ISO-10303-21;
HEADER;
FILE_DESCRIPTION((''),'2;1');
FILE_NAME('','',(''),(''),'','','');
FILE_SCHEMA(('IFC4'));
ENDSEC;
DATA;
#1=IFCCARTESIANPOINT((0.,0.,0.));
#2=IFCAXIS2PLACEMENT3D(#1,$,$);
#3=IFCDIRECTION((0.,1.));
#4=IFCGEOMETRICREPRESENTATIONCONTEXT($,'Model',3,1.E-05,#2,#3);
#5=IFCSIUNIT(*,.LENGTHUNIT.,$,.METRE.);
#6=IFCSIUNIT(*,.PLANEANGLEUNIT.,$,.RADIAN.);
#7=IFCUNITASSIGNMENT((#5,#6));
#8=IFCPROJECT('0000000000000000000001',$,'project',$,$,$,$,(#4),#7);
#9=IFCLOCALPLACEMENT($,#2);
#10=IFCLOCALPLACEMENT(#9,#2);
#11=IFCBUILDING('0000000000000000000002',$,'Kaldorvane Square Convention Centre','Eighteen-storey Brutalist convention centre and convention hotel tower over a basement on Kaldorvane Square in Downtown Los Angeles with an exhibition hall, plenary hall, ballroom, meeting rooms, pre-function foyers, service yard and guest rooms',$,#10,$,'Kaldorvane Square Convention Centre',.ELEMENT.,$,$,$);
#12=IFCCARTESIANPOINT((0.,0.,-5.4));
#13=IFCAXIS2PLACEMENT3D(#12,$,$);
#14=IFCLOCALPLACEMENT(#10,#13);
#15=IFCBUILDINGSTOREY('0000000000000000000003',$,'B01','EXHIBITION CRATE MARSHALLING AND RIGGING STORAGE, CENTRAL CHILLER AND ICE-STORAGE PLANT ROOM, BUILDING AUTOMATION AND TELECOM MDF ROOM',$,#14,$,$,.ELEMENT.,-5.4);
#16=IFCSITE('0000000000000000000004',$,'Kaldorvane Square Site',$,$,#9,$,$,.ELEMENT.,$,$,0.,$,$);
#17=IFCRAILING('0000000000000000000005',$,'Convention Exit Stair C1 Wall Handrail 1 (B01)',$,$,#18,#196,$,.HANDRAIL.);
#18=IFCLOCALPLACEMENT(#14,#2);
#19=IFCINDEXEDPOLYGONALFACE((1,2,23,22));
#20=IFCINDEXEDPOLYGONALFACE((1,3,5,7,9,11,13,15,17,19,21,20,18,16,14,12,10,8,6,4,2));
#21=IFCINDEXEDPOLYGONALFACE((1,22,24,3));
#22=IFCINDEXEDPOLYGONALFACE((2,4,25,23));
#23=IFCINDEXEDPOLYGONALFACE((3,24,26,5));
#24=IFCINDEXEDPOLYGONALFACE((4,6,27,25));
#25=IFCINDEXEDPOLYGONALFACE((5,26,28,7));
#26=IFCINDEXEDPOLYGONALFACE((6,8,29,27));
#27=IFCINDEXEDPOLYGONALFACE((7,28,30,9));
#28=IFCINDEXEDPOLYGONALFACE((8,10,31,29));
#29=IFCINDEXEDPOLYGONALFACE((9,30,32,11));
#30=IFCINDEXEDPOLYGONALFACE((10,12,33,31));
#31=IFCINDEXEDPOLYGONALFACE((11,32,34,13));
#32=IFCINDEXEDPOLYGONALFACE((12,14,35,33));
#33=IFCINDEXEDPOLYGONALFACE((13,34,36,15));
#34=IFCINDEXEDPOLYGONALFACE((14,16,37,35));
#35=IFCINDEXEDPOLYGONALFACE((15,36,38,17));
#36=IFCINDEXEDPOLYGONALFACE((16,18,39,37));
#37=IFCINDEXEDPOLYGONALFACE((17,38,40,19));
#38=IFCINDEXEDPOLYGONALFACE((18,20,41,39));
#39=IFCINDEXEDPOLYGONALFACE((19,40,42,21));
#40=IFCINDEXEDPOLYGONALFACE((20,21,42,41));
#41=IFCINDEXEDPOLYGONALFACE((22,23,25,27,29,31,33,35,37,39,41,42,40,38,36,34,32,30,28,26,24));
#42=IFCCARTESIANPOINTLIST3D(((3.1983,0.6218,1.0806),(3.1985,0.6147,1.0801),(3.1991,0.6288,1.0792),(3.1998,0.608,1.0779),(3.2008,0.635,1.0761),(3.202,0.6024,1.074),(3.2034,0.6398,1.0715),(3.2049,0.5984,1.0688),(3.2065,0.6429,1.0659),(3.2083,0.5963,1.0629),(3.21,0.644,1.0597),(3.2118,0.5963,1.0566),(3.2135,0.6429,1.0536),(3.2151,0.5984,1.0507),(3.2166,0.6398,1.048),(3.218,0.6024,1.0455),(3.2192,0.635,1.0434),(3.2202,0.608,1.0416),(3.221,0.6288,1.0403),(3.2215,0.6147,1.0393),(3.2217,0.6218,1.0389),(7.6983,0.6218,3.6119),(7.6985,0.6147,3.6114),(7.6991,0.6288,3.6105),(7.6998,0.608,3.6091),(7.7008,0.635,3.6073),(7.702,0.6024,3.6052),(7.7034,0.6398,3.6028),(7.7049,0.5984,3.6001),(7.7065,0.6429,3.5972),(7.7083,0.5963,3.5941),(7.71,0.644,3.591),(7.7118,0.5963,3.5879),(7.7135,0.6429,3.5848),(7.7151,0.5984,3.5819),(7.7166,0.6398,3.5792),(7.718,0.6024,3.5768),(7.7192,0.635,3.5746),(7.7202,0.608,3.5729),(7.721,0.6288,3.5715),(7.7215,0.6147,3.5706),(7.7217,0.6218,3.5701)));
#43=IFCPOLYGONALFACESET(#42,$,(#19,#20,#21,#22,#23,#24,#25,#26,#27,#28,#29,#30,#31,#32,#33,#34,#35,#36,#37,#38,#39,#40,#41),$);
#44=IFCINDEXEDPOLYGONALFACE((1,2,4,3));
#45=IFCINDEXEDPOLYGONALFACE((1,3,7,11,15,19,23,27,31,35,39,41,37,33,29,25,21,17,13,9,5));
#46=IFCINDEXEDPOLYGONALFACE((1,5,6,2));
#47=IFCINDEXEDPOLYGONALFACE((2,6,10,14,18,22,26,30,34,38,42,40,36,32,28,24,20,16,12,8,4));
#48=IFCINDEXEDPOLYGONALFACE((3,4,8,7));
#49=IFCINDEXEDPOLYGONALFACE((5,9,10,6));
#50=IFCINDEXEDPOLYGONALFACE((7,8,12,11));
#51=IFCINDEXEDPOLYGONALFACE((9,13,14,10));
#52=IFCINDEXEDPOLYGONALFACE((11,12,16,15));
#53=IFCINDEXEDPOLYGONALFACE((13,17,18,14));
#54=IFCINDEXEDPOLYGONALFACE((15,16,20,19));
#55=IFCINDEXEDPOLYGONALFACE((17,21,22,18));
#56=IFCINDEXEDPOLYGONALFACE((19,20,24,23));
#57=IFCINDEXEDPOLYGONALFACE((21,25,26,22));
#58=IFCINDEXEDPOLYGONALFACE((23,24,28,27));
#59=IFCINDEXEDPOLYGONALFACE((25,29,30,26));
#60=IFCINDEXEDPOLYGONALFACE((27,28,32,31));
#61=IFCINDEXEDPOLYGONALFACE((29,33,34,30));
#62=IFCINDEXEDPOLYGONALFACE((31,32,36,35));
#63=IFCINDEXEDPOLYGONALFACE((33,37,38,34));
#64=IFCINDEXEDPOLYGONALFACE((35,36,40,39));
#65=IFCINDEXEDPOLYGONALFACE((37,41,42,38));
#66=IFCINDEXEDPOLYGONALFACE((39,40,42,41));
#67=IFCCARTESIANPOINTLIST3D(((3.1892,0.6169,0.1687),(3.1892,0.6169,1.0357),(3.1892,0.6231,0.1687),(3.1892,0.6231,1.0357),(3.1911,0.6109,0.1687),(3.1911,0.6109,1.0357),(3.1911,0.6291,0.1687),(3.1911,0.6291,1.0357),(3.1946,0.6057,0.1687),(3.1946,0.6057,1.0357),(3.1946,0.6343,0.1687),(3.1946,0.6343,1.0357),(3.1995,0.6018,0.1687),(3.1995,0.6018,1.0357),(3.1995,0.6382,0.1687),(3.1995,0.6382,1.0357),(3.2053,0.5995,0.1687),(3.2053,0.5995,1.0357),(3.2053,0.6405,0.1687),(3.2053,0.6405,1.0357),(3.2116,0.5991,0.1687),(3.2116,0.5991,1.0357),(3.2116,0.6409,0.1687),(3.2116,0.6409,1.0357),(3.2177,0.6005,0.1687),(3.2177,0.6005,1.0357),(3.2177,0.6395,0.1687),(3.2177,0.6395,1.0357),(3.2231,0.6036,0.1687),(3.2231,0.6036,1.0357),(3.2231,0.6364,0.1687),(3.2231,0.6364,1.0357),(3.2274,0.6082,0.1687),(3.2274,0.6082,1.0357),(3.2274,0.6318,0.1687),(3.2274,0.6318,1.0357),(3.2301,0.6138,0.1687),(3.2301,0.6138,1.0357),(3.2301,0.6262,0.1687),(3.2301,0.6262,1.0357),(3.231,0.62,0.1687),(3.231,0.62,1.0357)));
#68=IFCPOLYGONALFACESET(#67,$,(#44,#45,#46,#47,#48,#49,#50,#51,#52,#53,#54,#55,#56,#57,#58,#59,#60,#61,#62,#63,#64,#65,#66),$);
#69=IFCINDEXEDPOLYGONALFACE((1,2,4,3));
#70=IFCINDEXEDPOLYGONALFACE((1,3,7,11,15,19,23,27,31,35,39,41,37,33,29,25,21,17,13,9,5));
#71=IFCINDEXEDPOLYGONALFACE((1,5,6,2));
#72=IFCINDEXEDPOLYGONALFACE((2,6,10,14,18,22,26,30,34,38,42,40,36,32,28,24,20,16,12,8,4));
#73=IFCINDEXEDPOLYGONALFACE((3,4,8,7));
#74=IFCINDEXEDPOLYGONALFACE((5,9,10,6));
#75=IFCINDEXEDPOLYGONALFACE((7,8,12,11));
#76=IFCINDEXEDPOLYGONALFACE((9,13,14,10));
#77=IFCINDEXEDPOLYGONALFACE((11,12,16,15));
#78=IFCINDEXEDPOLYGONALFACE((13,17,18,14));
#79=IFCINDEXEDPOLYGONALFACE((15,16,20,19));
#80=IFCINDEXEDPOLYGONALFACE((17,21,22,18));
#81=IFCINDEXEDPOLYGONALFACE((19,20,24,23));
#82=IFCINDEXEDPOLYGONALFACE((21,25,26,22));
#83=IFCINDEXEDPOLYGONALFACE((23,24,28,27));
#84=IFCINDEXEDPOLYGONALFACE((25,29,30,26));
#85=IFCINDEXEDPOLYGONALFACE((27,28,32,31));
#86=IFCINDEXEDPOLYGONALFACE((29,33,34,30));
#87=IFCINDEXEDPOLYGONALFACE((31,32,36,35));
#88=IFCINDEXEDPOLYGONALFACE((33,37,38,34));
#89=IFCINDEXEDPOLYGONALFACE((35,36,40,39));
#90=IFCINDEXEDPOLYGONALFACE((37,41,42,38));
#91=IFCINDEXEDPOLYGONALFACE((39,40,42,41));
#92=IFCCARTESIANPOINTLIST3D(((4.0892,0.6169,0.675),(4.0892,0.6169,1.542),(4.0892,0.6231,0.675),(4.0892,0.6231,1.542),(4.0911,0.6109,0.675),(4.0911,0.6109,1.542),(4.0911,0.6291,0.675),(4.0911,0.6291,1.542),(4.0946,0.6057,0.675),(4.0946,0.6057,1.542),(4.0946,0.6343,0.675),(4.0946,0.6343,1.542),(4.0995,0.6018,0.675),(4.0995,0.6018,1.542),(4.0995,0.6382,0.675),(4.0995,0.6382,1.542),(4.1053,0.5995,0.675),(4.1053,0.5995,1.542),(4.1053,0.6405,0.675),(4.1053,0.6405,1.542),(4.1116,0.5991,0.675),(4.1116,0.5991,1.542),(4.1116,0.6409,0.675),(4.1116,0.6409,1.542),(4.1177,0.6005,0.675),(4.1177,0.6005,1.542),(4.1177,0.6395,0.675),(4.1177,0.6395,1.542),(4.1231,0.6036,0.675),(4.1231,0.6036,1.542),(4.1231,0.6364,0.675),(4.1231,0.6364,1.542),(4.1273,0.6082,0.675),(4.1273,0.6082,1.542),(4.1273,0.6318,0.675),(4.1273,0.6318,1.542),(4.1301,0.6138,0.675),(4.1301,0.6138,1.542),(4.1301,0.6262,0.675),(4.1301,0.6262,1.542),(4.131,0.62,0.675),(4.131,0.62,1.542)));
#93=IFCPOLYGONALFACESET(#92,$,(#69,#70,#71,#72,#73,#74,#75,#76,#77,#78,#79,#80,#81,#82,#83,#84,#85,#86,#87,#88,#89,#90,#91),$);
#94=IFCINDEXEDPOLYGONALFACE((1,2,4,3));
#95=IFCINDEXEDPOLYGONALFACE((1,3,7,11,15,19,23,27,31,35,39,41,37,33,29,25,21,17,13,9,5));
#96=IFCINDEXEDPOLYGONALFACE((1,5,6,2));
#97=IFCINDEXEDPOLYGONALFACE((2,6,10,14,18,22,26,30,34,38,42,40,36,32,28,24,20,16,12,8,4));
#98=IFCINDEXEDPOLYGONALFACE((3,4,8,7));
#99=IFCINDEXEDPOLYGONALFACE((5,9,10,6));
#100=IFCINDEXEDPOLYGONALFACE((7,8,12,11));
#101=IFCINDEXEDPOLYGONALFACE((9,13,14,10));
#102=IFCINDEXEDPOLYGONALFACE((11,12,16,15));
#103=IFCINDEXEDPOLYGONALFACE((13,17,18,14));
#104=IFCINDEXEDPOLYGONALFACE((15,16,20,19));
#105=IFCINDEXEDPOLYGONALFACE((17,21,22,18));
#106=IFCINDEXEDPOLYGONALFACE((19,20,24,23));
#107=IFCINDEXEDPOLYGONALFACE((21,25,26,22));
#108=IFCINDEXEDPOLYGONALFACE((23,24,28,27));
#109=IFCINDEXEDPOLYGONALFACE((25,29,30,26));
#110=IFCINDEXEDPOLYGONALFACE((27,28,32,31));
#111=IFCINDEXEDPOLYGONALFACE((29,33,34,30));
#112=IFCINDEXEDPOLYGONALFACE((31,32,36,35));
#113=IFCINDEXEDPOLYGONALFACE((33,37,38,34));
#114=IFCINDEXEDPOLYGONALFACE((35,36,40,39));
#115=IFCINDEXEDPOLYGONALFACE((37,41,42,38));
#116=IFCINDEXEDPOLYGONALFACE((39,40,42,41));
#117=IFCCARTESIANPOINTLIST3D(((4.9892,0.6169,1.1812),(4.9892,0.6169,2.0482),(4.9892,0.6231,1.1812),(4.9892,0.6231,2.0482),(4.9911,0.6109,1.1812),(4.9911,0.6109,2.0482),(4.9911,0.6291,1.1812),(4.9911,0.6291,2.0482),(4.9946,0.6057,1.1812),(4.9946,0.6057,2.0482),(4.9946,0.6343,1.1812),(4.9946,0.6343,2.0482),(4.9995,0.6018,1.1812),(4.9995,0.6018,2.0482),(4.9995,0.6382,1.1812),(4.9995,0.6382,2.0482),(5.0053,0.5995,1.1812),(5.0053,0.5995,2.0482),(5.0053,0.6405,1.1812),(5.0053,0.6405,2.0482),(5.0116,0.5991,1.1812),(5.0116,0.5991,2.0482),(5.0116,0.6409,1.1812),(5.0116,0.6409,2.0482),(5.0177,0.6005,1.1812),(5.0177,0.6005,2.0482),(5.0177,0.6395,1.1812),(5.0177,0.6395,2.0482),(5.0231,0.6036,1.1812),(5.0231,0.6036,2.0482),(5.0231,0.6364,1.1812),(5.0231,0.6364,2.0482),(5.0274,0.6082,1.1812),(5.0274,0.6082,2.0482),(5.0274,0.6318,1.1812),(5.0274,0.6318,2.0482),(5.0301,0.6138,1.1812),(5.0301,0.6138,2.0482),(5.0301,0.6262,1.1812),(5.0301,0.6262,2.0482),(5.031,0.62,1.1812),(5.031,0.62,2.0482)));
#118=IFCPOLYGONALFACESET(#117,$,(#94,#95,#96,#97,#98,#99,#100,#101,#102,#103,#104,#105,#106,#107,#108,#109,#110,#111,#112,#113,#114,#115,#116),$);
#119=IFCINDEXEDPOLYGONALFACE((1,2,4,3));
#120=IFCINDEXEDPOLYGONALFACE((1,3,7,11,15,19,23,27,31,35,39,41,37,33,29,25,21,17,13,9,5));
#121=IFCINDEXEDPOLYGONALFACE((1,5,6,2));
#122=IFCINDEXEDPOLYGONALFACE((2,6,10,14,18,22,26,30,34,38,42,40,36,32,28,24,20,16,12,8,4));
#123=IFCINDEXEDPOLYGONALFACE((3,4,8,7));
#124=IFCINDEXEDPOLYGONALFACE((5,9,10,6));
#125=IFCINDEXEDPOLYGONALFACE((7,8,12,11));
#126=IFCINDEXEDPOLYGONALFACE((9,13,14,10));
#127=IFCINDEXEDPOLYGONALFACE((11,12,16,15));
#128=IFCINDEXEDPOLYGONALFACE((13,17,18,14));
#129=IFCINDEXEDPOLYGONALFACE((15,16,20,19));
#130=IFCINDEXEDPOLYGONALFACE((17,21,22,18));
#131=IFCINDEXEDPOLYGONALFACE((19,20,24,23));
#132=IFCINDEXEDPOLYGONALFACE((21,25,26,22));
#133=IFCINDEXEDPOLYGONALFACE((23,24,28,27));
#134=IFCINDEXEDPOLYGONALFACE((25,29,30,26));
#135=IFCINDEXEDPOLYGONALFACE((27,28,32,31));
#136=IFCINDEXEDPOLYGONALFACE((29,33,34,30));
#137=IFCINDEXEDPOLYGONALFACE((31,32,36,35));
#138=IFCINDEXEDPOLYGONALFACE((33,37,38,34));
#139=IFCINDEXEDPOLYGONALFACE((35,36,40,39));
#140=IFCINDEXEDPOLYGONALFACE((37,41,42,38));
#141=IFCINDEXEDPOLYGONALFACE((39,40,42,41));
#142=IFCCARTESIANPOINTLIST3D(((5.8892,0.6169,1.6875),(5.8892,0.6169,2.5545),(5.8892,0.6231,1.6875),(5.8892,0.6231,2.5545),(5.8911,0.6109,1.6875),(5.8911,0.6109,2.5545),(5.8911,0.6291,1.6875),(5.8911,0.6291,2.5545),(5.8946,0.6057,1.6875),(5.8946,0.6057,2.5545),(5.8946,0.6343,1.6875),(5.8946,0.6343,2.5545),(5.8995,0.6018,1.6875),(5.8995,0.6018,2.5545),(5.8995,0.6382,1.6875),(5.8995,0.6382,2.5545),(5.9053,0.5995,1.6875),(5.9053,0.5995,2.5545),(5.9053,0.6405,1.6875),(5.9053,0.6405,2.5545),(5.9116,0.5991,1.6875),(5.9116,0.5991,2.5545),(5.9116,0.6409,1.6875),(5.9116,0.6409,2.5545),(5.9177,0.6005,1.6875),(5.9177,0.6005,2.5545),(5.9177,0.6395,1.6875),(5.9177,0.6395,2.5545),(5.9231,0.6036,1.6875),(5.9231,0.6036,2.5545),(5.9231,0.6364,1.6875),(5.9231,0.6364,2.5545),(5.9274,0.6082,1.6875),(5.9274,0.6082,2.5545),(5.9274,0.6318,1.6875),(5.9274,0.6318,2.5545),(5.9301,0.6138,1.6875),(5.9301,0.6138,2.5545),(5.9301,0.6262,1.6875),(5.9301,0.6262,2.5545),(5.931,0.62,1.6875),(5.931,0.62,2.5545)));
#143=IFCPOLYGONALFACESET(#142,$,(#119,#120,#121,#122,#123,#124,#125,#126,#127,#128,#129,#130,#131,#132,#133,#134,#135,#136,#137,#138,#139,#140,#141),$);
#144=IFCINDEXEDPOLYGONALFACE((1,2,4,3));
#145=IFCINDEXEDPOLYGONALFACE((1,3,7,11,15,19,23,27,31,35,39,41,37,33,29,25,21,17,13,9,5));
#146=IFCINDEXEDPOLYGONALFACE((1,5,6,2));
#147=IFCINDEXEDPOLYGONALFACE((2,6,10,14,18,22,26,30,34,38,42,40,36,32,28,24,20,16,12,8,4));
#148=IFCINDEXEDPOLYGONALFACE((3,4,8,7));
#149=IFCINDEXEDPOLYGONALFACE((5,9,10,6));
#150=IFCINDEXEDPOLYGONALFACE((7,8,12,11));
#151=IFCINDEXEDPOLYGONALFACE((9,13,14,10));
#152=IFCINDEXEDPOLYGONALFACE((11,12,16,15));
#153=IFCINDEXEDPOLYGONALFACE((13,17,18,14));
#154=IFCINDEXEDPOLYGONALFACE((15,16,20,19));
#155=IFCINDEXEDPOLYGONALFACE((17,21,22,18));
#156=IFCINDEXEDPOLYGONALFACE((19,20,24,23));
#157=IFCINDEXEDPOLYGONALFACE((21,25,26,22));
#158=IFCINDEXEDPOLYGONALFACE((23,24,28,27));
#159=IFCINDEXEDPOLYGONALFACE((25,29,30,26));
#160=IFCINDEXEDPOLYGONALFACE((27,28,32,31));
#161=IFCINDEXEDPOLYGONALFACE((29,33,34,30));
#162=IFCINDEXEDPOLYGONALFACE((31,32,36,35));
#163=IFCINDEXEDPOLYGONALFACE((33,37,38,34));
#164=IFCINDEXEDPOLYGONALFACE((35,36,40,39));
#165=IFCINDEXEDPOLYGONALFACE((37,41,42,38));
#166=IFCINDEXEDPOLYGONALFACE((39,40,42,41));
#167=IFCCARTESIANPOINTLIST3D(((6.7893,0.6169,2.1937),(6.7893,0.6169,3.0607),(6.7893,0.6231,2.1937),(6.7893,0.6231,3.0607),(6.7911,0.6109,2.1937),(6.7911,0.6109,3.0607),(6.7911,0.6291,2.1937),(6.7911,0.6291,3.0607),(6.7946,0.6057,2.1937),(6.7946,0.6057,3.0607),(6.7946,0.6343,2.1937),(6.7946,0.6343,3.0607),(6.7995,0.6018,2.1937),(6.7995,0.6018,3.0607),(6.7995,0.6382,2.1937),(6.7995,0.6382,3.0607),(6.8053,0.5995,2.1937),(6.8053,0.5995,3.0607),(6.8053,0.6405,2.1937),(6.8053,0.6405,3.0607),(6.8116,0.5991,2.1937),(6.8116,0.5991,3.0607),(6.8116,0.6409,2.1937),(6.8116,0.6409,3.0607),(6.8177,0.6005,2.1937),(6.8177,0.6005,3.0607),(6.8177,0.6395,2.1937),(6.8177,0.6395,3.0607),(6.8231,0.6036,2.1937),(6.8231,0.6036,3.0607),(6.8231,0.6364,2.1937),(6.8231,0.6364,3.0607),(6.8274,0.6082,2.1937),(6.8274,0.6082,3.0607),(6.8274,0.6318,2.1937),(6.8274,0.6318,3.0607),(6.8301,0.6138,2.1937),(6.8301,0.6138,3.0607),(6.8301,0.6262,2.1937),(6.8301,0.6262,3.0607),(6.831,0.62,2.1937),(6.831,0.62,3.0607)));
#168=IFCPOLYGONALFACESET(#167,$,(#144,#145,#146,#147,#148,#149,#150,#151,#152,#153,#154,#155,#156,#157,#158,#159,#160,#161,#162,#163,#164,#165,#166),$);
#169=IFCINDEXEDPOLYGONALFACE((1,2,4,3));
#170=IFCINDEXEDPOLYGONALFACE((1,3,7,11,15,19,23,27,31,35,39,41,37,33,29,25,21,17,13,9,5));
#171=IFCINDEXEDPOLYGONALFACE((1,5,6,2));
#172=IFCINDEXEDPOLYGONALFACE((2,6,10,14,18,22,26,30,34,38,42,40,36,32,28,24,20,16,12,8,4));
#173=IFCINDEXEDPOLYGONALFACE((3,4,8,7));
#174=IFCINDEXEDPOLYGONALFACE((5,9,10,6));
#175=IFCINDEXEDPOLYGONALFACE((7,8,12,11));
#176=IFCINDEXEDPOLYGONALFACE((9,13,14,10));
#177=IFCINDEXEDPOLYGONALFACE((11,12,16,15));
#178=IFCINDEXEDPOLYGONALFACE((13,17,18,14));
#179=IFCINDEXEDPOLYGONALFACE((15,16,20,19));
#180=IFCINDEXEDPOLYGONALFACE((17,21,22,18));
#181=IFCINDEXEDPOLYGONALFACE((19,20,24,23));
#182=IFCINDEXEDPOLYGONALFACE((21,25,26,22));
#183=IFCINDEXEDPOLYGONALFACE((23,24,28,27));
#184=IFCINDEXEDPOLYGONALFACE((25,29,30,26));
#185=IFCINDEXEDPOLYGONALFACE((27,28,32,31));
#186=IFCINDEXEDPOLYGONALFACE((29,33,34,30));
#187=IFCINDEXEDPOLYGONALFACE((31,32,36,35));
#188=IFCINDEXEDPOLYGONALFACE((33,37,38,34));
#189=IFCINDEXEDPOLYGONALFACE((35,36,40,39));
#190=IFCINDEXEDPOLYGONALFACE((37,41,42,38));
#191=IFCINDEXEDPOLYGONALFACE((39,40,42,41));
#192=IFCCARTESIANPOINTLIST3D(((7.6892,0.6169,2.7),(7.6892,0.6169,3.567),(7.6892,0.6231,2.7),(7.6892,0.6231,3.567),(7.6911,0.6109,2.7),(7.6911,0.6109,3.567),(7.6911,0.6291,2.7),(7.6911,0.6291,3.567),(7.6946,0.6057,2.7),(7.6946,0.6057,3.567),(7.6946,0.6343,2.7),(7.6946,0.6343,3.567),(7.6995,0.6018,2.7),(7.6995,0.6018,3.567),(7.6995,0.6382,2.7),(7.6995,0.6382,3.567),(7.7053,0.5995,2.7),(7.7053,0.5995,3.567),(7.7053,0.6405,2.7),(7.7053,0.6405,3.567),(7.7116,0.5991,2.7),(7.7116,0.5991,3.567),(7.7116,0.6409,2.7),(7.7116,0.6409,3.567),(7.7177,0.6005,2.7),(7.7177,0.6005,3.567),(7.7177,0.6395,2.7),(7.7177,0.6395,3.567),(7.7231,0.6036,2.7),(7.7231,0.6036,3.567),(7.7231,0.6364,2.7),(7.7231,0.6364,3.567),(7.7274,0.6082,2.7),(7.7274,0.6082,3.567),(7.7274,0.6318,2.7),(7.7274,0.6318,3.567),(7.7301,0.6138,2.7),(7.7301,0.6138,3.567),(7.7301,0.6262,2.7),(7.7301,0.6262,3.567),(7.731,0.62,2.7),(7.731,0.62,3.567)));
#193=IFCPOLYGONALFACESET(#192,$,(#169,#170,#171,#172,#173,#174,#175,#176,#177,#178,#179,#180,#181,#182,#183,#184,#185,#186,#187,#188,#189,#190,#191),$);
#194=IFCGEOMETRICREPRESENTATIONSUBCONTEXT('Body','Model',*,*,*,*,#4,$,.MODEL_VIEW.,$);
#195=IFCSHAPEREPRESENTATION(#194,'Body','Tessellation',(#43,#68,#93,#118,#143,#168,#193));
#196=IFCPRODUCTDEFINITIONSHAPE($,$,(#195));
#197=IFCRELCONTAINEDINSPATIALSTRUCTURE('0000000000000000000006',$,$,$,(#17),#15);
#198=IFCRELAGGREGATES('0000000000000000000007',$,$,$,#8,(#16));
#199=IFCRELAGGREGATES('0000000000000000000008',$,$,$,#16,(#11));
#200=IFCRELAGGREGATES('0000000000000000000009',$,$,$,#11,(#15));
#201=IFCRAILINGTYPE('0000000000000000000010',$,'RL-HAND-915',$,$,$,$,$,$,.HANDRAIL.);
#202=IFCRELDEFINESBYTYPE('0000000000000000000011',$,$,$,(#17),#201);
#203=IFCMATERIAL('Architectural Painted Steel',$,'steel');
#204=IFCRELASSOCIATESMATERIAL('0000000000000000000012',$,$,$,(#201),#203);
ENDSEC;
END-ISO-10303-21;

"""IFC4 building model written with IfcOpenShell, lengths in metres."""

from ifc_helpers import new_model, si_unit, direction, frame, origin, origin_2d, place, context, subcontext, project, spatial, circle, extrude, material, type_object, element, save


model = new_model("IFC4")

# Units and contexts
model_context = context("Model", 3, precision=1e-05, world=origin(), true_north=direction((0.0, 1.0)))
body_context = subcontext(model_context, "Body", "Model", "MODEL_VIEW")
ifc_project = project(units=[si_unit("LENGTHUNIT", "METRE"), si_unit("PLANEANGLEUNIT", "RADIAN")], contexts=[model_context])

# Site, building, storey
site_placement = place(None, origin())
site = spatial("IfcSite", under=ifc_project, at=site_placement, Name="Kaldorvane Square Site", CompositionType="ELEMENT", RefElevation=0.0)
building_placement = place(site_placement, origin())
building = spatial("IfcBuilding", under=site, at=building_placement, Name="Kaldorvane Square Convention Centre", Description="Eighteen-storey Brutalist convention centre and convention hotel tower over a basement on Kaldorvane Square in Downtown Los Angeles with an exhibition hall, plenary hall, ballroom, meeting rooms, pre-function foyers, service yard and guest rooms", LongName="Kaldorvane Square Convention Centre", CompositionType="ELEMENT")
storey_placement = place(building_placement, frame((0.0, 0.0, -5.4)))
storey = spatial("IfcBuildingStorey", under=building, at=storey_placement, Name="B01", Description="EXHIBITION CRATE MARSHALLING AND RIGGING STORAGE, CENTRAL CHILLER AND ICE-STORAGE PLANT ROOM, BUILDING AUTOMATION AND TELECOM MDF ROOM", CompositionType="ELEMENT", Elevation=-5.4)

# Railing
ifc_material_1 = material(Name="Architectural Painted Steel", Category="steel")
railing_type_1 = type_object("IfcRailingType", Name="RL-HAND-915", PredefinedType="HANDRAIL", material=ifc_material_1)
railing_1_placement = place(storey_placement, frame((3.21, 0.62, 0.1687)))
element("IfcRailing", 1, at=railing_1_placement, inside=storey, type_object=railing_type_1, Name="Convention Exit Stair C1 Wall Handrail 1 (B01)", PredefinedType="HANDRAIL", context=body_context, shape_type="SweptSolid", body=[
    extrude(circle(Radius=0.024, at=origin_2d()), frame((0.0, 0.0, 0.891), z_axis=(0.871576, 0.0, 0.490261), x_axis=(0.0, 1.0, 0.0)), (0.0, 0.0, 1.0), 5.1631),
    extrude(circle(Radius=0.021, at=origin_2d()), origin(), (0.0, 0.0, 1.0), 0.867),
    extrude(circle(Radius=0.021, at=origin_2d()), frame((0.9, 0.0, 0.5063)), (0.0, 0.0, 1.0), 0.867),
    extrude(circle(Radius=0.021, at=origin_2d()), frame((1.8, 0.0, 1.0125)), (0.0, 0.0, 1.0), 0.867),
    extrude(circle(Radius=0.021, at=origin_2d()), frame((2.7, 0.0, 1.5188)), (0.0, 0.0, 1.0), 0.867),
    extrude(circle(Radius=0.021, at=origin_2d()), frame((3.6, 0.0, 2.025)), (0.0, 0.0, 1.0), 0.867),
    extrude(circle(Radius=0.021, at=origin_2d()), frame((4.5, 0.0, 2.5312)), (0.0, 0.0, 1.0), 0.867),
])

save(model, "model.ifc")
